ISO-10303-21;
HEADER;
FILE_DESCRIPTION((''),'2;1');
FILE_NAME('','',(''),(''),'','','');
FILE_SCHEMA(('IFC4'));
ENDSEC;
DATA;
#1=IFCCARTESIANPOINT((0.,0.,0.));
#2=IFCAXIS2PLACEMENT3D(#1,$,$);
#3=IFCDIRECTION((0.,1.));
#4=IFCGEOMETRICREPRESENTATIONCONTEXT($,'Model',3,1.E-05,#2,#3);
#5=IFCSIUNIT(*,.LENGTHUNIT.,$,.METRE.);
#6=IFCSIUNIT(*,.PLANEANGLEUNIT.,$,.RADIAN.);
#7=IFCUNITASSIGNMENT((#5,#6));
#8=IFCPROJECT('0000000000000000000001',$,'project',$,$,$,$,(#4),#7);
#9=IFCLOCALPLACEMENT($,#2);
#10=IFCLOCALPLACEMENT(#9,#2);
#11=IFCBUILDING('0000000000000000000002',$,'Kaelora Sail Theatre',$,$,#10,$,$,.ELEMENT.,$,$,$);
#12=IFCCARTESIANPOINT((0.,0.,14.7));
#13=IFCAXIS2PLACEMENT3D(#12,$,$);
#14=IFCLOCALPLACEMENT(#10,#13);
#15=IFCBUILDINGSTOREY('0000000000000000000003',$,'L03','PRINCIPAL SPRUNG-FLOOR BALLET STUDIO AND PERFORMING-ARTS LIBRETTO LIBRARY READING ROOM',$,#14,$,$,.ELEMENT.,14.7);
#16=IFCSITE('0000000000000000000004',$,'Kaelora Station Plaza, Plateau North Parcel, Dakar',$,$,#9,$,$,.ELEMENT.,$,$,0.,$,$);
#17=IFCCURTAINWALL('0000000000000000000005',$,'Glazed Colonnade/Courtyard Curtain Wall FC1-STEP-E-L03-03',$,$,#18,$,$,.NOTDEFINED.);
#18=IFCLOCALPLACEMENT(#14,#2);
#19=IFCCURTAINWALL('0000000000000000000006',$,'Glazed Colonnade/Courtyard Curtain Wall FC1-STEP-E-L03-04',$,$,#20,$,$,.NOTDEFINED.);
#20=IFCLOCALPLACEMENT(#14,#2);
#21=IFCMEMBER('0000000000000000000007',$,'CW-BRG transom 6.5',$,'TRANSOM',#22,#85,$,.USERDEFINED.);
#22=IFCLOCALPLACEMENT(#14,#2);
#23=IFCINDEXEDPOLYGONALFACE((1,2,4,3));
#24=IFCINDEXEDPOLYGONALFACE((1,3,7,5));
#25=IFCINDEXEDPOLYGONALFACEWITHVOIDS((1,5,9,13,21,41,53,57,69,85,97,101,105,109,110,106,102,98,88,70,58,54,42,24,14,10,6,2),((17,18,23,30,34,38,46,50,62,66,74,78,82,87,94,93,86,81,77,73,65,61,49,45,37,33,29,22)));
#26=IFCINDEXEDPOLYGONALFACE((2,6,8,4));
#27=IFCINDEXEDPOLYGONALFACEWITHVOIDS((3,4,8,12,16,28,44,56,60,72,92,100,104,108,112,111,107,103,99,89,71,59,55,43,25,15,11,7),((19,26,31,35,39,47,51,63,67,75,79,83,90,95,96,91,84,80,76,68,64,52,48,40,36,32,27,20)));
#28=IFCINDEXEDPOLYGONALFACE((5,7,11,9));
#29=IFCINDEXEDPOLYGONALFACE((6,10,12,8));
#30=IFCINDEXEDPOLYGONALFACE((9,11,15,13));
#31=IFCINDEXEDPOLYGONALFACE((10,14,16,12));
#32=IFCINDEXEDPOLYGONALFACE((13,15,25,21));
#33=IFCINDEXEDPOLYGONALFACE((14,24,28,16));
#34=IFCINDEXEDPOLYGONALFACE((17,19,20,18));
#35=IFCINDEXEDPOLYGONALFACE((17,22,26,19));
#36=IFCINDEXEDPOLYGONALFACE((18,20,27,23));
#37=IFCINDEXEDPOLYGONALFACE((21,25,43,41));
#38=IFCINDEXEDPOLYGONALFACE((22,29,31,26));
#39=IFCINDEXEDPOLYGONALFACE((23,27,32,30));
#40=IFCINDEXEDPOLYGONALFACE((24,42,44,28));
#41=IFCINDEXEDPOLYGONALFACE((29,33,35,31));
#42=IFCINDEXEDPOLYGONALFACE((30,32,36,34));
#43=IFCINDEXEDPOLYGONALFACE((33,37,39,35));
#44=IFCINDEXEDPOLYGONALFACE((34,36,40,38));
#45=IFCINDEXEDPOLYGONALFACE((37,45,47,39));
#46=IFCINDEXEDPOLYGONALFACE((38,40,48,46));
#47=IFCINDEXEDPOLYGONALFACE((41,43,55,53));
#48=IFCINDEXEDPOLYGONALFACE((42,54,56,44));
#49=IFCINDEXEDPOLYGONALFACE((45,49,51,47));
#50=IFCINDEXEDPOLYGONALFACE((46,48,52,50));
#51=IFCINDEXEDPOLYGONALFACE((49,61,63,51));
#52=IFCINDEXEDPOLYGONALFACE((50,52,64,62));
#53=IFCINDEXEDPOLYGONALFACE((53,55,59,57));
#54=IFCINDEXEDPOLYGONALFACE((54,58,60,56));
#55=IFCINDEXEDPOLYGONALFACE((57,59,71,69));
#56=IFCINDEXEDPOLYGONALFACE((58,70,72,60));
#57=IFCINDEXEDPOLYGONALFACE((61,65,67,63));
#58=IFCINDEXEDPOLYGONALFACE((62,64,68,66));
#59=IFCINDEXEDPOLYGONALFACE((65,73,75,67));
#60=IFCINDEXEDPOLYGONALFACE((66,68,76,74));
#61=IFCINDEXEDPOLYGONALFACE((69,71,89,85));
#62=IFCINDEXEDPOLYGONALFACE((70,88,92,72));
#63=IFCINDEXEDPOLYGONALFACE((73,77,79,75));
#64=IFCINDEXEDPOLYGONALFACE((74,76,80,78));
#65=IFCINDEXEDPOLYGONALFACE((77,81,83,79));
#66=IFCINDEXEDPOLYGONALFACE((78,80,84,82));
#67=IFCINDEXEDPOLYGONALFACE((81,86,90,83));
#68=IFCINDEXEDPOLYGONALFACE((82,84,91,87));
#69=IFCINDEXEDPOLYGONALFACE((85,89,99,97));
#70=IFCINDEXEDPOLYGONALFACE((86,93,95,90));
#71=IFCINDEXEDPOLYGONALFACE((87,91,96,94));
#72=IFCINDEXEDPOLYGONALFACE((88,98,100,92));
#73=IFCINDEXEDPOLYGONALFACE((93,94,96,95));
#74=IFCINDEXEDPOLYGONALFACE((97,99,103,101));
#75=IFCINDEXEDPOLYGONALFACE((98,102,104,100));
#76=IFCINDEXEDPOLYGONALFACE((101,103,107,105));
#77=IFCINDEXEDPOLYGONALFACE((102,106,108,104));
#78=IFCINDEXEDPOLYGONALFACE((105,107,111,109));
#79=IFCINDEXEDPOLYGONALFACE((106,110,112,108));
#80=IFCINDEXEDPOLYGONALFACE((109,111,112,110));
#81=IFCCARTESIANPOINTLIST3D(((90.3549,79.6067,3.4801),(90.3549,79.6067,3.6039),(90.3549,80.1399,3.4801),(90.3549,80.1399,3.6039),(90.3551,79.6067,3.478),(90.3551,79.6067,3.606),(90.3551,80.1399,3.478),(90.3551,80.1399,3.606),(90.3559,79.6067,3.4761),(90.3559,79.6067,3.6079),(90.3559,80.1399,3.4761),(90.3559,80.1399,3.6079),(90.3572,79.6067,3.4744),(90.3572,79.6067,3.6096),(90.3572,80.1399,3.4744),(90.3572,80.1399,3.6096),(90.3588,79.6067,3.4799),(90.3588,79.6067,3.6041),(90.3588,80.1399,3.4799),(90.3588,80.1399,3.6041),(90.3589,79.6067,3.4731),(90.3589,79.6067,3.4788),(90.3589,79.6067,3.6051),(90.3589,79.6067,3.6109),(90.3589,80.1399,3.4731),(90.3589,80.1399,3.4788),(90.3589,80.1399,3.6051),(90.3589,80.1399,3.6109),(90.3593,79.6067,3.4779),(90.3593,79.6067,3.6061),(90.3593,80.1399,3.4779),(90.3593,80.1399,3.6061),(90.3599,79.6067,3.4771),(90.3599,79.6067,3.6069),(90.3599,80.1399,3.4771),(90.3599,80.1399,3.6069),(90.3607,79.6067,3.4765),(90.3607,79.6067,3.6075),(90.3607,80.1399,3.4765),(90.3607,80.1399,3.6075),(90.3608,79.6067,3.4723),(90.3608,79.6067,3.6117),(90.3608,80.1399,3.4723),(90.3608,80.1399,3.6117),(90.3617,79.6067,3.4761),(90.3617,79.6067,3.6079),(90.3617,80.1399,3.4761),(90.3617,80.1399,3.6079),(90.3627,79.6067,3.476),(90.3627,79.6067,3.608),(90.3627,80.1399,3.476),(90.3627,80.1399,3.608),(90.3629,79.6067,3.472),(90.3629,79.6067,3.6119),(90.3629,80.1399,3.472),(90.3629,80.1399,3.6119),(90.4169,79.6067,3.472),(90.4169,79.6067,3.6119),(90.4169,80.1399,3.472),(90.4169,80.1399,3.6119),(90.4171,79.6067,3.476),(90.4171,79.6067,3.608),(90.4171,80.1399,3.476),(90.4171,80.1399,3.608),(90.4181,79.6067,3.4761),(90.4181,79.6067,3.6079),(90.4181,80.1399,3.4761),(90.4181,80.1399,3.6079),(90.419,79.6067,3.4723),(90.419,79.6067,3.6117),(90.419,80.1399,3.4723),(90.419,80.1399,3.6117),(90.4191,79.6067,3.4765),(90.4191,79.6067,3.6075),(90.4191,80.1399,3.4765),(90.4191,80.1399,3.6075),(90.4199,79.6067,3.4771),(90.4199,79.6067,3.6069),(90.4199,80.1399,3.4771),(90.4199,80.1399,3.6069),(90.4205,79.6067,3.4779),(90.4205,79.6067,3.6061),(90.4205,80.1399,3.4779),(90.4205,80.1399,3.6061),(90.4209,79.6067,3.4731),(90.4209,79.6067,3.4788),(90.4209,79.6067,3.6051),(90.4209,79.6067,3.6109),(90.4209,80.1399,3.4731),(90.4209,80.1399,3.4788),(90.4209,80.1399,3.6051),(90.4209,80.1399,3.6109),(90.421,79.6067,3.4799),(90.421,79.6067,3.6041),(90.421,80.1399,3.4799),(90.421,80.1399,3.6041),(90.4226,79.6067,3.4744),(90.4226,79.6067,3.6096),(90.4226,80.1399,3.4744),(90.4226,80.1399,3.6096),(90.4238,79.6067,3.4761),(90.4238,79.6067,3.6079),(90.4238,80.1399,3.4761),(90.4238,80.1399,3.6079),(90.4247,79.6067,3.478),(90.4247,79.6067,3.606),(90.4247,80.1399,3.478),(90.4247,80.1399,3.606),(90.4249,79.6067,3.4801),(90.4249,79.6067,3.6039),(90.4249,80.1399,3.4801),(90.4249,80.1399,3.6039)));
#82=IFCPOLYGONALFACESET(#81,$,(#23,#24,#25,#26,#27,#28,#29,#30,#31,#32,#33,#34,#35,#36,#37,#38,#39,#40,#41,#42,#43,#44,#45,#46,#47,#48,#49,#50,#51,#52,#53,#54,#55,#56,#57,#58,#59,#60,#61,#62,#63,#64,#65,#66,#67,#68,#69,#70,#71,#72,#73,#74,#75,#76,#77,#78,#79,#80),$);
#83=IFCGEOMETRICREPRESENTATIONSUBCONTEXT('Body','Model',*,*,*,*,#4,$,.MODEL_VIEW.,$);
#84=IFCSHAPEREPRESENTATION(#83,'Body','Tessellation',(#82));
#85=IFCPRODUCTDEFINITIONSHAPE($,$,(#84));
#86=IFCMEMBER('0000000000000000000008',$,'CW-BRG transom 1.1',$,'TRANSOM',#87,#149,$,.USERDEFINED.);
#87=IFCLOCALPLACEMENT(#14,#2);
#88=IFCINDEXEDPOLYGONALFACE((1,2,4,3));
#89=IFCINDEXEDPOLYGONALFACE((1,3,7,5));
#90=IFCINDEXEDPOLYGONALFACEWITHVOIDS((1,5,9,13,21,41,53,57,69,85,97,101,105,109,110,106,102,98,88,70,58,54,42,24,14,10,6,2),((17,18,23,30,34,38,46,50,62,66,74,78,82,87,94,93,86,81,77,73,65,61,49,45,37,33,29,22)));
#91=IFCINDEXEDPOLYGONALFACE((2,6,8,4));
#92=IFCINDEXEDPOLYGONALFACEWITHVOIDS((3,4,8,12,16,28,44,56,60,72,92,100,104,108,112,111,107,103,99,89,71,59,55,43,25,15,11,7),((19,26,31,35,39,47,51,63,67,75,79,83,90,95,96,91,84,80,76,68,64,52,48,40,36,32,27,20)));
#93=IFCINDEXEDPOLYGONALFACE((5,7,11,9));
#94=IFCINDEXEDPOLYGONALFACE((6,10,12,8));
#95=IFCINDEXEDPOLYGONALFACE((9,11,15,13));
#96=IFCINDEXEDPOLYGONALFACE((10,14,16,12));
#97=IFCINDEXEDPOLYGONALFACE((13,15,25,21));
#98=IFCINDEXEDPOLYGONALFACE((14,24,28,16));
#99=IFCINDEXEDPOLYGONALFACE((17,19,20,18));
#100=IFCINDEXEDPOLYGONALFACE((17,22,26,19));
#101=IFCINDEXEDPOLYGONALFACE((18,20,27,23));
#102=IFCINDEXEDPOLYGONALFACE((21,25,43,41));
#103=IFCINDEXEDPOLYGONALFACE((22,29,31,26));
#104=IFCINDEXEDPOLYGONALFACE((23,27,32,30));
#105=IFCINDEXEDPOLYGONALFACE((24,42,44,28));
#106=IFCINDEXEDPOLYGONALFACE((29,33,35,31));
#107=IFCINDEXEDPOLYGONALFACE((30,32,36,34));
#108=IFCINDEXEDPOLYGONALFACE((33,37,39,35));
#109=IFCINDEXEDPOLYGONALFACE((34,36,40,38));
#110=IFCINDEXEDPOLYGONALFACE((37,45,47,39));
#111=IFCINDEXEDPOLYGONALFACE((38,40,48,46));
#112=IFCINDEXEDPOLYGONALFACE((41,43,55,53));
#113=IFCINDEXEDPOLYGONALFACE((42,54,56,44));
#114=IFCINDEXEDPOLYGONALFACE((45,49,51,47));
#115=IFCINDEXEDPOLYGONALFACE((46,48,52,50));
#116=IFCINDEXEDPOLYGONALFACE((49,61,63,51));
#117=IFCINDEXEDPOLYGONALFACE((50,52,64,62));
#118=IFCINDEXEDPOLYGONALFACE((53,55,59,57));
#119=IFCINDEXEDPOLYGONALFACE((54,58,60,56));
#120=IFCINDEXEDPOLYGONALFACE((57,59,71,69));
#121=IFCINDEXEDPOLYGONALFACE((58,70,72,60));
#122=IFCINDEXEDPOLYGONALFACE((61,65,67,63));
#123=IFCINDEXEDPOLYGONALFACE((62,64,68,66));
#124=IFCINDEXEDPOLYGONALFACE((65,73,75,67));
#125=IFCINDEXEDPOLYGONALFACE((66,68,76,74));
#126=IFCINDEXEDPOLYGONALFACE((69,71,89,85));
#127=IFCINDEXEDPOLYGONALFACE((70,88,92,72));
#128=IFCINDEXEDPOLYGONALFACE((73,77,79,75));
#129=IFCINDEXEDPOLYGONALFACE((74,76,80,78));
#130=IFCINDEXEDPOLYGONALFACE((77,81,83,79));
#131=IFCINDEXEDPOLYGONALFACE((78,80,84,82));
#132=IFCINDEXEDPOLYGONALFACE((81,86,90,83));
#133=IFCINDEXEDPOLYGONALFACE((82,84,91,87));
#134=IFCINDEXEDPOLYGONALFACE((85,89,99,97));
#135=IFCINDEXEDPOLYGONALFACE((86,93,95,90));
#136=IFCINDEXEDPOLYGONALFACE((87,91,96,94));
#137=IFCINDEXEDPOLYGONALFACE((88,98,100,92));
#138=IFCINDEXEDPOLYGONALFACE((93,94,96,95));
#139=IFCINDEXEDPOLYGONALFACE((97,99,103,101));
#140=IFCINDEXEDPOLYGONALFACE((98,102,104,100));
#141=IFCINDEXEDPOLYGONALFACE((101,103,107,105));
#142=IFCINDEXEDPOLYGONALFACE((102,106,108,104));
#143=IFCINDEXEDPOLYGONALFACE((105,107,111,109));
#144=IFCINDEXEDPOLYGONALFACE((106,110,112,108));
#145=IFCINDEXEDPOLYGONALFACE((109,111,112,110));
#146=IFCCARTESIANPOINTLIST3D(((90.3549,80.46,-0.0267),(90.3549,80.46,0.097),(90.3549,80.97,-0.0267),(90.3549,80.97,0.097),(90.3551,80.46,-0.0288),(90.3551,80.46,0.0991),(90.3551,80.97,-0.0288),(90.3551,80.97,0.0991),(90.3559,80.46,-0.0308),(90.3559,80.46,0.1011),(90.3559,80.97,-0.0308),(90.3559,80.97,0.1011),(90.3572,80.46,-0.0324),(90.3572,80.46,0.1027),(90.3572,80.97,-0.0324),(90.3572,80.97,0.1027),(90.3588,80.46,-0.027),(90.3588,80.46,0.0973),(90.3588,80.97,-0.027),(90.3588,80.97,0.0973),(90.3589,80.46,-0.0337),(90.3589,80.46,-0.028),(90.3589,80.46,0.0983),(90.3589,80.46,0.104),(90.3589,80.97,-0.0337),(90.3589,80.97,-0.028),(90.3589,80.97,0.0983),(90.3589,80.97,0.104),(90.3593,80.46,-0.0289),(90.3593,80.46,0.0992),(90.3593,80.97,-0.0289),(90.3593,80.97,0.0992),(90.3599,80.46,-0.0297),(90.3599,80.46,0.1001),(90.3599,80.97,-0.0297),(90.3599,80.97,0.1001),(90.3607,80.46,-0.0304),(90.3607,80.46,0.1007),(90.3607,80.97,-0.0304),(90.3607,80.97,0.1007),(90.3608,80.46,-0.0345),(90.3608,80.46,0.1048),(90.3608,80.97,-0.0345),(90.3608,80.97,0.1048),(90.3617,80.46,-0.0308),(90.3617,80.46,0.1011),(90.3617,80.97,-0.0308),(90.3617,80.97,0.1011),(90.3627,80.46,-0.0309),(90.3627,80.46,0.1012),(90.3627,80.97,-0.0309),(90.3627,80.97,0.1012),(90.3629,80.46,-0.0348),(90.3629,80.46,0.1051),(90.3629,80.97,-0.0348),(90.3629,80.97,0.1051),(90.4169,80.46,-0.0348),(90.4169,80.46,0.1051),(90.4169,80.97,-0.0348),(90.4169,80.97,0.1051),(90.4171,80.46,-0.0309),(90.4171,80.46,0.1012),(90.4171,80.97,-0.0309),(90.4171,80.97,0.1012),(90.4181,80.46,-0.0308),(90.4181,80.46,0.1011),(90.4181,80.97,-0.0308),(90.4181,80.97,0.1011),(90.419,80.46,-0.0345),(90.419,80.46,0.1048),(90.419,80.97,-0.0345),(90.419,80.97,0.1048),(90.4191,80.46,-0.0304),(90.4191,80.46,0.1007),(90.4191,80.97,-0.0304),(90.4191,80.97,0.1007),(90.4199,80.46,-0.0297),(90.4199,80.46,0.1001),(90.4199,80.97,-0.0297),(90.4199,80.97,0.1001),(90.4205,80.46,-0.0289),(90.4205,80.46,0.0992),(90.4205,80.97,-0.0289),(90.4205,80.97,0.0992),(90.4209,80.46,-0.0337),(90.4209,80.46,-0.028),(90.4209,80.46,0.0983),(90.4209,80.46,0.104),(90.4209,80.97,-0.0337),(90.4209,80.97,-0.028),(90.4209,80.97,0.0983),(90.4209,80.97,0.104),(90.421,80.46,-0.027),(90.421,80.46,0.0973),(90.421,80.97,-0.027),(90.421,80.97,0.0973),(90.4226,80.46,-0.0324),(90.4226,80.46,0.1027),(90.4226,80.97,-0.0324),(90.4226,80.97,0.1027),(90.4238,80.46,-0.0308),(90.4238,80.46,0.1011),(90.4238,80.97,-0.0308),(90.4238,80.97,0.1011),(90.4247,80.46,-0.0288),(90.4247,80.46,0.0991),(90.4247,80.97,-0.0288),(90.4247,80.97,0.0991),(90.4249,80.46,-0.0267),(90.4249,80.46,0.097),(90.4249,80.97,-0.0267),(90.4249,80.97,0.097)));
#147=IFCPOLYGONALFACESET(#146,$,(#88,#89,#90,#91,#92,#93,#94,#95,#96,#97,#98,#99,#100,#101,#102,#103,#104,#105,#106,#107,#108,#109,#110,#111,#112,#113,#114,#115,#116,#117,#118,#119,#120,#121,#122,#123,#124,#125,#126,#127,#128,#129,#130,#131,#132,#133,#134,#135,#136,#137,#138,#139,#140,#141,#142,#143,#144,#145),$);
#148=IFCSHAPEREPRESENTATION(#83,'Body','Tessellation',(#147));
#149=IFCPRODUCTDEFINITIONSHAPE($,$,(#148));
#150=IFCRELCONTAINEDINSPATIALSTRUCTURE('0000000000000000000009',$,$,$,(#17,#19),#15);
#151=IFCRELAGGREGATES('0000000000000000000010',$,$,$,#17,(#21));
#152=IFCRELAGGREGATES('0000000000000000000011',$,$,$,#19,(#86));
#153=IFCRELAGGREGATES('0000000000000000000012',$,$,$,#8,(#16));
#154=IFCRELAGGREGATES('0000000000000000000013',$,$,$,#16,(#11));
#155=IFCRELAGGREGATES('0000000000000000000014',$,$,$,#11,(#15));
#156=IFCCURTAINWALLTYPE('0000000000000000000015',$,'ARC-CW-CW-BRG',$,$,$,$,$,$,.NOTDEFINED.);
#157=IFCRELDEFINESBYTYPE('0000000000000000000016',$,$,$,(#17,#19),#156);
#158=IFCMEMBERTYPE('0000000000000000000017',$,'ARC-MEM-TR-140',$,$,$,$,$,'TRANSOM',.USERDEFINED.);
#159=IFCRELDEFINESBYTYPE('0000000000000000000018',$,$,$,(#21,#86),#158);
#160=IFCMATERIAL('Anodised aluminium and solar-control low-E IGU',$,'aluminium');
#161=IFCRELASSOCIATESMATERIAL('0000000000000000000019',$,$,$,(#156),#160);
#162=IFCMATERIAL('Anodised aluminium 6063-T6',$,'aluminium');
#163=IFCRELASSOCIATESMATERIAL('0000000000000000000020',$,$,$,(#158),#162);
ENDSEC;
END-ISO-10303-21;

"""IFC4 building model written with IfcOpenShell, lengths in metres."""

from ifc_helpers import new_model, si_unit, direction, frame, origin, origin_2d, place, context, subcontext, project, spatial, hollow_rectangle, extrude, material, material_profile, profile_set, type_object, element, aggregate, save


model = new_model("IFC4")

# Units and contexts
model_context = context("Model", 3, precision=1e-05, world=origin(), true_north=direction((0.0, 1.0)))
body_context = subcontext(model_context, "Body", "Model", "MODEL_VIEW")
ifc_project = project(units=[si_unit("LENGTHUNIT", "METRE"), si_unit("PLANEANGLEUNIT", "RADIAN")], contexts=[model_context])

# Site, building, storey
site_placement = place(None, origin())
site = spatial("IfcSite", under=ifc_project, at=site_placement, Name="Kaelora Station Plaza, Plateau North Parcel, Dakar", CompositionType="ELEMENT", RefElevation=0.0)
building_placement = place(site_placement, origin())
building = spatial("IfcBuilding", under=site, at=building_placement, Name="Kaelora Sail Theatre", CompositionType="ELEMENT")
storey_placement = place(building_placement, frame((0.0, 0.0, 14.7)))
storey = spatial("IfcBuildingStorey", under=building, at=storey_placement, Name="L03", Description="PRINCIPAL SPRUNG-FLOOR BALLET STUDIO AND PERFORMING-ARTS LIBRETTO LIBRARY READING ROOM", CompositionType="ELEMENT", Elevation=14.7)

# Curtain wall
ifc_material_1 = material(Name="Anodised aluminium and solar-control low-E IGU", Category="aluminium")
curtain_wall_type = type_object("IfcCurtainWallType", Name="ARC-CW-CW-BRG", PredefinedType="NOTDEFINED", material=ifc_material_1)
curtain_wall_1_placement = place(storey_placement, origin())
curtain_wall_1 = element("IfcCurtainWall", 1, at=curtain_wall_1_placement, inside=storey, type_object=curtain_wall_type, Name="Glazed Colonnade/Courtyard Curtain Wall FC1-STEP-E-L03-03", PredefinedType="NOTDEFINED")

# Curtain wall
curtain_wall_2_placement = place(storey_placement, origin())
curtain_wall_2 = element("IfcCurtainWall", 2, at=curtain_wall_2_placement, inside=storey, type_object=curtain_wall_type, Name="Glazed Colonnade/Courtyard Curtain Wall FC1-STEP-E-L03-04", PredefinedType="NOTDEFINED")

# Members
ifc_material_2 = material(Name="Anodised aluminium 6063-T6", Category="aluminium")
ifc_material_profile_1 = material_profile(ifc_material_2, hollow_rectangle(XDim=0.0701, YDim=0.1399, WallThickness=0.0039, InnerFilletRadius=0.0039, OuterFilletRadius=0.0081, at=origin_2d()), Name="ALU-TRAN 70x140x4")
ifc_profile_set_1 = profile_set([ifc_material_profile_1], Name="Anodised aluminium 6063-T6")
member_type_1 = type_object("IfcMemberType", Name="ARC-MEM-TR-140", ElementType="TRANSOM", PredefinedType="USERDEFINED", material=ifc_profile_set_1)
member_1_placement = place(storey_placement, frame((90.3899, 79.6067, 3.542), z_axis=(0.0, 1.0, 0.0), x_axis=(-1.0, 0.0, 0.0)))
member_1 = element("IfcMember", 3, at=member_1_placement, type_object=member_type_1, Name="CW-BRG transom 6.5", ObjectType="TRANSOM", PredefinedType="USERDEFINED", context=body_context, shape_type="SweptSolid", body=[
    extrude(hollow_rectangle(XDim=0.0701, YDim=0.1399, WallThickness=0.0039, InnerFilletRadius=0.0039, OuterFilletRadius=0.0081, at=origin_2d()), origin(), (0.0, 0.0, 1.0), 0.5332),
])
member_2_placement = place(storey_placement, frame((90.3899, 80.46, 0.0352), z_axis=(0.0, 1.0, 0.0), x_axis=(-1.0, 0.0, 0.0)))
member_2 = element("IfcMember", 4, at=member_2_placement, type_object=member_type_1, Name="CW-BRG transom 1.1", ObjectType="TRANSOM", PredefinedType="USERDEFINED", context=body_context, shape_type="SweptSolid", body=[
    extrude(hollow_rectangle(XDim=0.0701, YDim=0.1399, WallThickness=0.0039, InnerFilletRadius=0.0039, OuterFilletRadius=0.0081, at=origin_2d()), origin(), (0.0, 0.0, 1.0), 0.51),
])

aggregate(curtain_wall_1, [member_1])
aggregate(curtain_wall_2, [member_2])

save(model, "model.ifc")
